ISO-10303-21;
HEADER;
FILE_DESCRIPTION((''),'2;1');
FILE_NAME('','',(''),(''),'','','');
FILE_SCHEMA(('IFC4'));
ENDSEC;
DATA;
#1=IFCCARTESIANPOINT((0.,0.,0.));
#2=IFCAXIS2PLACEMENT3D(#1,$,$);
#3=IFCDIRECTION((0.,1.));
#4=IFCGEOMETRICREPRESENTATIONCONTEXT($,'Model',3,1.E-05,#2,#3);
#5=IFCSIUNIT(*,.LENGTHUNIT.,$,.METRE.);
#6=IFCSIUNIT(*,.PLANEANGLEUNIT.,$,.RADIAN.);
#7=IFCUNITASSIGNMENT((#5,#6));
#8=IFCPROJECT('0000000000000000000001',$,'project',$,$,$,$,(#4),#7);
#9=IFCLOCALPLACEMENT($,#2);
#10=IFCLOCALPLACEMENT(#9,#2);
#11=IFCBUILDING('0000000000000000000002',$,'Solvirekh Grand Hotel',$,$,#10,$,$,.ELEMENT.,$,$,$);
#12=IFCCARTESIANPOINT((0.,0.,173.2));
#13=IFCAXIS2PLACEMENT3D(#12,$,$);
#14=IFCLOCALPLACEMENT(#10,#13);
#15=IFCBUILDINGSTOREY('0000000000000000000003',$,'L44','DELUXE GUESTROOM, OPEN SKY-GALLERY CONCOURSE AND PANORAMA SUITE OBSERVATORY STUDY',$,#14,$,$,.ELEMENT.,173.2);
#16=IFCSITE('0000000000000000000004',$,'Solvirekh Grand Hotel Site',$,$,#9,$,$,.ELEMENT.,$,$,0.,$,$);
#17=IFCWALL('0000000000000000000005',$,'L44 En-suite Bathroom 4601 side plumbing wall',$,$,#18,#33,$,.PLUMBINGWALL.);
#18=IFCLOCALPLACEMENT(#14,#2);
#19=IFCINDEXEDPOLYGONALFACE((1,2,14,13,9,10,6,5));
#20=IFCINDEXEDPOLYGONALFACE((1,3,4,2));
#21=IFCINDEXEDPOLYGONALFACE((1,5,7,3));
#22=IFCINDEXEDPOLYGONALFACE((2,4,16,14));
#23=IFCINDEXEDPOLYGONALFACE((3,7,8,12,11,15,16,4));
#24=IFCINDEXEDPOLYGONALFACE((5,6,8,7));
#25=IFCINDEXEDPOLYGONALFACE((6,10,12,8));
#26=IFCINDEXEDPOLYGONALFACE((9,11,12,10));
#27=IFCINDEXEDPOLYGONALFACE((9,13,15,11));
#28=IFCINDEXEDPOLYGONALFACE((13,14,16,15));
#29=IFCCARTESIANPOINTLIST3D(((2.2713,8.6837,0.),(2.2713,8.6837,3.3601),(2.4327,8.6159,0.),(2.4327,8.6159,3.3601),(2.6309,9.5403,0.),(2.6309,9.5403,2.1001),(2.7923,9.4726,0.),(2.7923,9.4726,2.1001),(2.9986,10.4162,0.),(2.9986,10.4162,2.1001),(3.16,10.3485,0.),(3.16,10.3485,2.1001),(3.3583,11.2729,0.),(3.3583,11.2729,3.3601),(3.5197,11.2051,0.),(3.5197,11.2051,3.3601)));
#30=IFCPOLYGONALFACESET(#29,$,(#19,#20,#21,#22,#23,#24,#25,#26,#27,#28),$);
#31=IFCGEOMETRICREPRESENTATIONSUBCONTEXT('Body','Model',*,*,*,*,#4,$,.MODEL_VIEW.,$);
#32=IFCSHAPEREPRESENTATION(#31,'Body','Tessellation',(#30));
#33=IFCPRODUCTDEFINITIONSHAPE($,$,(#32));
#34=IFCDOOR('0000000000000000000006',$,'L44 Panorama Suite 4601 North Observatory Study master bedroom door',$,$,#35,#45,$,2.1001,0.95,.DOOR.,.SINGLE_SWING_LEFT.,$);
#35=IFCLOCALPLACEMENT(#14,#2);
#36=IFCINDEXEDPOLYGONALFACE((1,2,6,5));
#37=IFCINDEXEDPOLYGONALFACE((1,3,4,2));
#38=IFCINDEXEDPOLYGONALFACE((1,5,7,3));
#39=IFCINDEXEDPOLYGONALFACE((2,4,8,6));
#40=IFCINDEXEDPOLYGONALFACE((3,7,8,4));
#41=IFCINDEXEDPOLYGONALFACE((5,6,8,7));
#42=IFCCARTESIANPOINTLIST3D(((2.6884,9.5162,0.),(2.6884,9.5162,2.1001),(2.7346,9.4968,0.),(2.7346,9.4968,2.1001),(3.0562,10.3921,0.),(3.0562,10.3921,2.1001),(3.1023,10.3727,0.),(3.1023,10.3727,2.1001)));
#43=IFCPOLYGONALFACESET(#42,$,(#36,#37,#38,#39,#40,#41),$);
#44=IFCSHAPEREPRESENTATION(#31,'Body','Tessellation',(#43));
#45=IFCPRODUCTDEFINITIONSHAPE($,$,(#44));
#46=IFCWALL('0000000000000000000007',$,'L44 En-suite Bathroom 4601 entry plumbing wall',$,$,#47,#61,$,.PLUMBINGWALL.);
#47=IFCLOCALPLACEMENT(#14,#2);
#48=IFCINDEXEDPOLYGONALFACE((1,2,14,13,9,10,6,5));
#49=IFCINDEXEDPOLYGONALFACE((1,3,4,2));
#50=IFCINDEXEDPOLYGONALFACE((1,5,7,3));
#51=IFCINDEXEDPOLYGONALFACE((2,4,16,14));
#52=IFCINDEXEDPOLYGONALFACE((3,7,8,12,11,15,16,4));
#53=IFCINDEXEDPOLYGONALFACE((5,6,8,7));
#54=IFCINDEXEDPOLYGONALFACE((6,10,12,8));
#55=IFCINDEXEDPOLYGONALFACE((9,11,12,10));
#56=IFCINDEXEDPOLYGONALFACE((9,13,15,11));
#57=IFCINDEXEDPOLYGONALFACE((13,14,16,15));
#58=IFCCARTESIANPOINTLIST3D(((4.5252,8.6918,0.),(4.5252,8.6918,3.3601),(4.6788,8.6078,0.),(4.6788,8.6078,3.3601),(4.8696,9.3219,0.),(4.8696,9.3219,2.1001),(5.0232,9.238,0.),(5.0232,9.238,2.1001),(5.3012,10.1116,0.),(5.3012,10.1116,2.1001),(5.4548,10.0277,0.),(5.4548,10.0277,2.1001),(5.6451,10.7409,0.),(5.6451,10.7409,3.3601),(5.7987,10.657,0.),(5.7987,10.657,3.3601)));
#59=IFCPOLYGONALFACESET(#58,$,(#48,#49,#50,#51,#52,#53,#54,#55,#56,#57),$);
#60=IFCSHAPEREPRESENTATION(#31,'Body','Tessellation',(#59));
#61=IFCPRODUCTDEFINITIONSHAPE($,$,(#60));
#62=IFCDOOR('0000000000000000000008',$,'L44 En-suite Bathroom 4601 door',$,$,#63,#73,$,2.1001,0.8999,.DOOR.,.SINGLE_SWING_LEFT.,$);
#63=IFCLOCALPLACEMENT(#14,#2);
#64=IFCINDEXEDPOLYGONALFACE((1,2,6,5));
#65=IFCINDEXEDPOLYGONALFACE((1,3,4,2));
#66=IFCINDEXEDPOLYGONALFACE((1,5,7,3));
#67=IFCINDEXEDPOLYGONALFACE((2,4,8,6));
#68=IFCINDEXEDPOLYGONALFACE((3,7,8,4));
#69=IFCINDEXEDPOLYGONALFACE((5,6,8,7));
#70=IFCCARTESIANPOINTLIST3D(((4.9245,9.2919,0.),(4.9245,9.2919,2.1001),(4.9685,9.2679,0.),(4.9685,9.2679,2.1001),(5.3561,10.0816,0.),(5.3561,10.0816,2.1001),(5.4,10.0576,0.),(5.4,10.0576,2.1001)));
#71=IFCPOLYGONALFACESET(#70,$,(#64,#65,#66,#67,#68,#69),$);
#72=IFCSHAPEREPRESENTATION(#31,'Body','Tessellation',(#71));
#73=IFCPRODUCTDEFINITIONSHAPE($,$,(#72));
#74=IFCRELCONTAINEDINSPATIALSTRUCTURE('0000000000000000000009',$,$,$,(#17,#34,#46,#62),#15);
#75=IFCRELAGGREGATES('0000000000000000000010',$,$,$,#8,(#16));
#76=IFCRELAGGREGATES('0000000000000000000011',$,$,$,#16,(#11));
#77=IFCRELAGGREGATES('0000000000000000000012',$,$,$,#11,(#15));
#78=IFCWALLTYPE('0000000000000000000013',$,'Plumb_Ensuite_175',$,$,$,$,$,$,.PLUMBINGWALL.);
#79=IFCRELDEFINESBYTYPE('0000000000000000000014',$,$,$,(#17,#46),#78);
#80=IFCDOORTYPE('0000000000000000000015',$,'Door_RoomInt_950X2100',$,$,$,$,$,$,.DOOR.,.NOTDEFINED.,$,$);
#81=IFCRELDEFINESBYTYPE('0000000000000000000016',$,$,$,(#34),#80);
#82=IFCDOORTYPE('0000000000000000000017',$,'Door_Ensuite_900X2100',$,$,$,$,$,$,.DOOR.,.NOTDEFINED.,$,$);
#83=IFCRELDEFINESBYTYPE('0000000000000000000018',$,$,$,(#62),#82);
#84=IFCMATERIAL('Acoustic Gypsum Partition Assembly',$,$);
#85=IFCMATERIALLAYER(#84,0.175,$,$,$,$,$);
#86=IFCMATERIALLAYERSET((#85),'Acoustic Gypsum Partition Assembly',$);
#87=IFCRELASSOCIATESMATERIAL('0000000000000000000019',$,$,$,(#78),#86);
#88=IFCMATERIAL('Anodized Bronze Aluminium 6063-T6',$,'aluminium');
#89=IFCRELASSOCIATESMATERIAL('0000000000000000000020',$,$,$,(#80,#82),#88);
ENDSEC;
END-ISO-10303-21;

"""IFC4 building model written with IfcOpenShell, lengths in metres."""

from ifc_helpers import new_model, si_unit, direction, frame, frame_2d, origin, place, context, subcontext, project, spatial, rectangle, extrude, material, layer, layer_set, type_object, element, fill, save


model = new_model("IFC4")

# Units and contexts
model_context = context("Model", 3, precision=1e-05, world=origin(), true_north=direction((0.0, 1.0)))
body_context = subcontext(model_context, "Body", "Model", "MODEL_VIEW")
ifc_project = project(units=[si_unit("LENGTHUNIT", "METRE"), si_unit("PLANEANGLEUNIT", "RADIAN")], contexts=[model_context])

# Site, building, storey
site_placement = place(None, origin())
site = spatial("IfcSite", under=ifc_project, at=site_placement, Name="Solvirekh Grand Hotel Site", CompositionType="ELEMENT", RefElevation=0.0)
building_placement = place(site_placement, origin())
building = spatial("IfcBuilding", under=site, at=building_placement, Name="Solvirekh Grand Hotel", CompositionType="ELEMENT")
storey_placement = place(building_placement, frame((0.0, 0.0, 173.2)))
storey = spatial("IfcBuildingStorey", under=building, at=storey_placement, Name="L44", Description="DELUXE GUESTROOM, OPEN SKY-GALLERY CONCOURSE AND PANORAMA SUITE OBSERVATORY STUDY", CompositionType="ELEMENT", Elevation=173.2)

# Shared definitions
ifc_material_1 = material(Name="Anodized Bronze Aluminium 6063-T6", Category="aluminium")

# Shared definitions
ifc_material_2 = material(Name="Acoustic Gypsum Partition Assembly")
ifc_layer_1 = layer(ifc_material_2, 0.175)
ifc_layer_set_1 = layer_set([ifc_layer_1], Name="Acoustic Gypsum Partition Assembly")
wall_type_1 = type_object("IfcWallType", Name="Plumb_Ensuite_175", PredefinedType="PLUMBINGWALL", material=ifc_layer_set_1)

# Walls, openings, doors
wall_1_placement = place(storey_placement, frame((3.439, 11.239, 0.0), z_axis=(0.0, 0.0, 1.0), x_axis=(-0.387077, -0.922047, 0.0)))
wall_1 = element("IfcWall", 1, at=wall_1_placement, inside=storey, type_object=wall_type_1, Name="L44 En-suite Bathroom 4601 side plumbing wall", PredefinedType="PLUMBINGWALL", context=body_context, shape_type="SweptSolid", body=[
    extrude(rectangle(XDim=2.8081, YDim=0.175, at=frame_2d((1.4041, 0.0))), origin(), (0.0, 0.0, 1.0), 3.3601),
])
opening_1_placement = place(wall_1_placement, frame((0.929, 0.0, 0.0)))
opening_1 = element("IfcOpeningElement", 2, at=opening_1_placement, cuts=wall_1, PredefinedType="OPENING", context=body_context, shape_type="SweptSolid", body=[
    extrude(rectangle(XDim=0.95, YDim=2.1001, at=frame_2d((0.4751, 1.05))), frame((0.0, 0.0977, 0.0), z_axis=(0.0, -1.0, 0.0), x_axis=(1.0, 0.0, 0.0)), (0.0, 0.0, 1.0), 0.1951),
])
door_type_1 = type_object("IfcDoorType", Name="Door_RoomInt_950X2100", OperationType="NOTDEFINED", PredefinedType="DOOR", material=ifc_material_1)
door_1_placement = place(opening_1_placement, origin())
door_1 = element("IfcDoor", 3, at=door_1_placement, inside=storey, type_object=door_type_1, Name="L44 Panorama Suite 4601 North Observatory Study master bedroom door", OperationType="SINGLE_SWING_LEFT", OverallHeight=2.1001, OverallWidth=0.95, PredefinedType="DOOR", context=body_context, shape_type="SweptSolid", body=[
    extrude(rectangle(XDim=0.95, YDim=2.1001, at=frame_2d((0.4751, 1.05))), frame((0.0, 0.0249, 0.0), z_axis=(0.0, -1.0, 0.0), x_axis=(1.0, 0.0, 0.0)), (0.0, 0.0, 1.0), 0.05),
])
fill(opening_1, door_1)
wall_2_placement = place(storey_placement, frame((4.6021, 8.6499, 0.0), z_axis=(0.0, 0.0, 1.0), x_axis=(0.479577, 0.8775, 0.0)))
wall_2 = element("IfcWall", 4, at=wall_2_placement, inside=storey, type_object=wall_type_1, Name="L44 En-suite Bathroom 4601 entry plumbing wall", PredefinedType="PLUMBINGWALL", context=body_context, shape_type="SweptSolid", body=[
    extrude(rectangle(XDim=2.3352, YDim=0.175, at=frame_2d((1.1675, 0.0))), origin(), (0.0, 0.0, 1.0), 3.3601),
])
opening_2_placement = place(wall_2_placement, frame((0.718, 0.0, 0.0)))
opening_2 = element("IfcOpeningElement", 5, at=opening_2_placement, cuts=wall_2, PredefinedType="OPENING", context=body_context, shape_type="SweptSolid", body=[
    extrude(rectangle(XDim=0.8999, YDim=2.1001, at=frame_2d((0.45, 1.05))), frame((0.0, 0.0977, 0.0), z_axis=(0.0, -1.0, 0.0), x_axis=(1.0, 0.0, 0.0)), (0.0, 0.0, 1.0), 0.1951),
])
door_type_2 = type_object("IfcDoorType", Name="Door_Ensuite_900X2100", OperationType="NOTDEFINED", PredefinedType="DOOR", material=ifc_material_1)
door_2_placement = place(opening_2_placement, origin())
door_2 = element("IfcDoor", 6, at=door_2_placement, inside=storey, type_object=door_type_2, Name="L44 En-suite Bathroom 4601 door", OperationType="SINGLE_SWING_LEFT", OverallHeight=2.1001, OverallWidth=0.8999, PredefinedType="DOOR", context=body_context, shape_type="SweptSolid", body=[
    extrude(rectangle(XDim=0.8999, YDim=2.1001, at=frame_2d((0.45, 1.05))), frame((0.0, 0.0249, 0.0), z_axis=(0.0, -1.0, 0.0), x_axis=(1.0, 0.0, 0.0)), (0.0, 0.0, 1.0), 0.05),
])
fill(opening_2, door_2)

save(model, "model.ifc")
